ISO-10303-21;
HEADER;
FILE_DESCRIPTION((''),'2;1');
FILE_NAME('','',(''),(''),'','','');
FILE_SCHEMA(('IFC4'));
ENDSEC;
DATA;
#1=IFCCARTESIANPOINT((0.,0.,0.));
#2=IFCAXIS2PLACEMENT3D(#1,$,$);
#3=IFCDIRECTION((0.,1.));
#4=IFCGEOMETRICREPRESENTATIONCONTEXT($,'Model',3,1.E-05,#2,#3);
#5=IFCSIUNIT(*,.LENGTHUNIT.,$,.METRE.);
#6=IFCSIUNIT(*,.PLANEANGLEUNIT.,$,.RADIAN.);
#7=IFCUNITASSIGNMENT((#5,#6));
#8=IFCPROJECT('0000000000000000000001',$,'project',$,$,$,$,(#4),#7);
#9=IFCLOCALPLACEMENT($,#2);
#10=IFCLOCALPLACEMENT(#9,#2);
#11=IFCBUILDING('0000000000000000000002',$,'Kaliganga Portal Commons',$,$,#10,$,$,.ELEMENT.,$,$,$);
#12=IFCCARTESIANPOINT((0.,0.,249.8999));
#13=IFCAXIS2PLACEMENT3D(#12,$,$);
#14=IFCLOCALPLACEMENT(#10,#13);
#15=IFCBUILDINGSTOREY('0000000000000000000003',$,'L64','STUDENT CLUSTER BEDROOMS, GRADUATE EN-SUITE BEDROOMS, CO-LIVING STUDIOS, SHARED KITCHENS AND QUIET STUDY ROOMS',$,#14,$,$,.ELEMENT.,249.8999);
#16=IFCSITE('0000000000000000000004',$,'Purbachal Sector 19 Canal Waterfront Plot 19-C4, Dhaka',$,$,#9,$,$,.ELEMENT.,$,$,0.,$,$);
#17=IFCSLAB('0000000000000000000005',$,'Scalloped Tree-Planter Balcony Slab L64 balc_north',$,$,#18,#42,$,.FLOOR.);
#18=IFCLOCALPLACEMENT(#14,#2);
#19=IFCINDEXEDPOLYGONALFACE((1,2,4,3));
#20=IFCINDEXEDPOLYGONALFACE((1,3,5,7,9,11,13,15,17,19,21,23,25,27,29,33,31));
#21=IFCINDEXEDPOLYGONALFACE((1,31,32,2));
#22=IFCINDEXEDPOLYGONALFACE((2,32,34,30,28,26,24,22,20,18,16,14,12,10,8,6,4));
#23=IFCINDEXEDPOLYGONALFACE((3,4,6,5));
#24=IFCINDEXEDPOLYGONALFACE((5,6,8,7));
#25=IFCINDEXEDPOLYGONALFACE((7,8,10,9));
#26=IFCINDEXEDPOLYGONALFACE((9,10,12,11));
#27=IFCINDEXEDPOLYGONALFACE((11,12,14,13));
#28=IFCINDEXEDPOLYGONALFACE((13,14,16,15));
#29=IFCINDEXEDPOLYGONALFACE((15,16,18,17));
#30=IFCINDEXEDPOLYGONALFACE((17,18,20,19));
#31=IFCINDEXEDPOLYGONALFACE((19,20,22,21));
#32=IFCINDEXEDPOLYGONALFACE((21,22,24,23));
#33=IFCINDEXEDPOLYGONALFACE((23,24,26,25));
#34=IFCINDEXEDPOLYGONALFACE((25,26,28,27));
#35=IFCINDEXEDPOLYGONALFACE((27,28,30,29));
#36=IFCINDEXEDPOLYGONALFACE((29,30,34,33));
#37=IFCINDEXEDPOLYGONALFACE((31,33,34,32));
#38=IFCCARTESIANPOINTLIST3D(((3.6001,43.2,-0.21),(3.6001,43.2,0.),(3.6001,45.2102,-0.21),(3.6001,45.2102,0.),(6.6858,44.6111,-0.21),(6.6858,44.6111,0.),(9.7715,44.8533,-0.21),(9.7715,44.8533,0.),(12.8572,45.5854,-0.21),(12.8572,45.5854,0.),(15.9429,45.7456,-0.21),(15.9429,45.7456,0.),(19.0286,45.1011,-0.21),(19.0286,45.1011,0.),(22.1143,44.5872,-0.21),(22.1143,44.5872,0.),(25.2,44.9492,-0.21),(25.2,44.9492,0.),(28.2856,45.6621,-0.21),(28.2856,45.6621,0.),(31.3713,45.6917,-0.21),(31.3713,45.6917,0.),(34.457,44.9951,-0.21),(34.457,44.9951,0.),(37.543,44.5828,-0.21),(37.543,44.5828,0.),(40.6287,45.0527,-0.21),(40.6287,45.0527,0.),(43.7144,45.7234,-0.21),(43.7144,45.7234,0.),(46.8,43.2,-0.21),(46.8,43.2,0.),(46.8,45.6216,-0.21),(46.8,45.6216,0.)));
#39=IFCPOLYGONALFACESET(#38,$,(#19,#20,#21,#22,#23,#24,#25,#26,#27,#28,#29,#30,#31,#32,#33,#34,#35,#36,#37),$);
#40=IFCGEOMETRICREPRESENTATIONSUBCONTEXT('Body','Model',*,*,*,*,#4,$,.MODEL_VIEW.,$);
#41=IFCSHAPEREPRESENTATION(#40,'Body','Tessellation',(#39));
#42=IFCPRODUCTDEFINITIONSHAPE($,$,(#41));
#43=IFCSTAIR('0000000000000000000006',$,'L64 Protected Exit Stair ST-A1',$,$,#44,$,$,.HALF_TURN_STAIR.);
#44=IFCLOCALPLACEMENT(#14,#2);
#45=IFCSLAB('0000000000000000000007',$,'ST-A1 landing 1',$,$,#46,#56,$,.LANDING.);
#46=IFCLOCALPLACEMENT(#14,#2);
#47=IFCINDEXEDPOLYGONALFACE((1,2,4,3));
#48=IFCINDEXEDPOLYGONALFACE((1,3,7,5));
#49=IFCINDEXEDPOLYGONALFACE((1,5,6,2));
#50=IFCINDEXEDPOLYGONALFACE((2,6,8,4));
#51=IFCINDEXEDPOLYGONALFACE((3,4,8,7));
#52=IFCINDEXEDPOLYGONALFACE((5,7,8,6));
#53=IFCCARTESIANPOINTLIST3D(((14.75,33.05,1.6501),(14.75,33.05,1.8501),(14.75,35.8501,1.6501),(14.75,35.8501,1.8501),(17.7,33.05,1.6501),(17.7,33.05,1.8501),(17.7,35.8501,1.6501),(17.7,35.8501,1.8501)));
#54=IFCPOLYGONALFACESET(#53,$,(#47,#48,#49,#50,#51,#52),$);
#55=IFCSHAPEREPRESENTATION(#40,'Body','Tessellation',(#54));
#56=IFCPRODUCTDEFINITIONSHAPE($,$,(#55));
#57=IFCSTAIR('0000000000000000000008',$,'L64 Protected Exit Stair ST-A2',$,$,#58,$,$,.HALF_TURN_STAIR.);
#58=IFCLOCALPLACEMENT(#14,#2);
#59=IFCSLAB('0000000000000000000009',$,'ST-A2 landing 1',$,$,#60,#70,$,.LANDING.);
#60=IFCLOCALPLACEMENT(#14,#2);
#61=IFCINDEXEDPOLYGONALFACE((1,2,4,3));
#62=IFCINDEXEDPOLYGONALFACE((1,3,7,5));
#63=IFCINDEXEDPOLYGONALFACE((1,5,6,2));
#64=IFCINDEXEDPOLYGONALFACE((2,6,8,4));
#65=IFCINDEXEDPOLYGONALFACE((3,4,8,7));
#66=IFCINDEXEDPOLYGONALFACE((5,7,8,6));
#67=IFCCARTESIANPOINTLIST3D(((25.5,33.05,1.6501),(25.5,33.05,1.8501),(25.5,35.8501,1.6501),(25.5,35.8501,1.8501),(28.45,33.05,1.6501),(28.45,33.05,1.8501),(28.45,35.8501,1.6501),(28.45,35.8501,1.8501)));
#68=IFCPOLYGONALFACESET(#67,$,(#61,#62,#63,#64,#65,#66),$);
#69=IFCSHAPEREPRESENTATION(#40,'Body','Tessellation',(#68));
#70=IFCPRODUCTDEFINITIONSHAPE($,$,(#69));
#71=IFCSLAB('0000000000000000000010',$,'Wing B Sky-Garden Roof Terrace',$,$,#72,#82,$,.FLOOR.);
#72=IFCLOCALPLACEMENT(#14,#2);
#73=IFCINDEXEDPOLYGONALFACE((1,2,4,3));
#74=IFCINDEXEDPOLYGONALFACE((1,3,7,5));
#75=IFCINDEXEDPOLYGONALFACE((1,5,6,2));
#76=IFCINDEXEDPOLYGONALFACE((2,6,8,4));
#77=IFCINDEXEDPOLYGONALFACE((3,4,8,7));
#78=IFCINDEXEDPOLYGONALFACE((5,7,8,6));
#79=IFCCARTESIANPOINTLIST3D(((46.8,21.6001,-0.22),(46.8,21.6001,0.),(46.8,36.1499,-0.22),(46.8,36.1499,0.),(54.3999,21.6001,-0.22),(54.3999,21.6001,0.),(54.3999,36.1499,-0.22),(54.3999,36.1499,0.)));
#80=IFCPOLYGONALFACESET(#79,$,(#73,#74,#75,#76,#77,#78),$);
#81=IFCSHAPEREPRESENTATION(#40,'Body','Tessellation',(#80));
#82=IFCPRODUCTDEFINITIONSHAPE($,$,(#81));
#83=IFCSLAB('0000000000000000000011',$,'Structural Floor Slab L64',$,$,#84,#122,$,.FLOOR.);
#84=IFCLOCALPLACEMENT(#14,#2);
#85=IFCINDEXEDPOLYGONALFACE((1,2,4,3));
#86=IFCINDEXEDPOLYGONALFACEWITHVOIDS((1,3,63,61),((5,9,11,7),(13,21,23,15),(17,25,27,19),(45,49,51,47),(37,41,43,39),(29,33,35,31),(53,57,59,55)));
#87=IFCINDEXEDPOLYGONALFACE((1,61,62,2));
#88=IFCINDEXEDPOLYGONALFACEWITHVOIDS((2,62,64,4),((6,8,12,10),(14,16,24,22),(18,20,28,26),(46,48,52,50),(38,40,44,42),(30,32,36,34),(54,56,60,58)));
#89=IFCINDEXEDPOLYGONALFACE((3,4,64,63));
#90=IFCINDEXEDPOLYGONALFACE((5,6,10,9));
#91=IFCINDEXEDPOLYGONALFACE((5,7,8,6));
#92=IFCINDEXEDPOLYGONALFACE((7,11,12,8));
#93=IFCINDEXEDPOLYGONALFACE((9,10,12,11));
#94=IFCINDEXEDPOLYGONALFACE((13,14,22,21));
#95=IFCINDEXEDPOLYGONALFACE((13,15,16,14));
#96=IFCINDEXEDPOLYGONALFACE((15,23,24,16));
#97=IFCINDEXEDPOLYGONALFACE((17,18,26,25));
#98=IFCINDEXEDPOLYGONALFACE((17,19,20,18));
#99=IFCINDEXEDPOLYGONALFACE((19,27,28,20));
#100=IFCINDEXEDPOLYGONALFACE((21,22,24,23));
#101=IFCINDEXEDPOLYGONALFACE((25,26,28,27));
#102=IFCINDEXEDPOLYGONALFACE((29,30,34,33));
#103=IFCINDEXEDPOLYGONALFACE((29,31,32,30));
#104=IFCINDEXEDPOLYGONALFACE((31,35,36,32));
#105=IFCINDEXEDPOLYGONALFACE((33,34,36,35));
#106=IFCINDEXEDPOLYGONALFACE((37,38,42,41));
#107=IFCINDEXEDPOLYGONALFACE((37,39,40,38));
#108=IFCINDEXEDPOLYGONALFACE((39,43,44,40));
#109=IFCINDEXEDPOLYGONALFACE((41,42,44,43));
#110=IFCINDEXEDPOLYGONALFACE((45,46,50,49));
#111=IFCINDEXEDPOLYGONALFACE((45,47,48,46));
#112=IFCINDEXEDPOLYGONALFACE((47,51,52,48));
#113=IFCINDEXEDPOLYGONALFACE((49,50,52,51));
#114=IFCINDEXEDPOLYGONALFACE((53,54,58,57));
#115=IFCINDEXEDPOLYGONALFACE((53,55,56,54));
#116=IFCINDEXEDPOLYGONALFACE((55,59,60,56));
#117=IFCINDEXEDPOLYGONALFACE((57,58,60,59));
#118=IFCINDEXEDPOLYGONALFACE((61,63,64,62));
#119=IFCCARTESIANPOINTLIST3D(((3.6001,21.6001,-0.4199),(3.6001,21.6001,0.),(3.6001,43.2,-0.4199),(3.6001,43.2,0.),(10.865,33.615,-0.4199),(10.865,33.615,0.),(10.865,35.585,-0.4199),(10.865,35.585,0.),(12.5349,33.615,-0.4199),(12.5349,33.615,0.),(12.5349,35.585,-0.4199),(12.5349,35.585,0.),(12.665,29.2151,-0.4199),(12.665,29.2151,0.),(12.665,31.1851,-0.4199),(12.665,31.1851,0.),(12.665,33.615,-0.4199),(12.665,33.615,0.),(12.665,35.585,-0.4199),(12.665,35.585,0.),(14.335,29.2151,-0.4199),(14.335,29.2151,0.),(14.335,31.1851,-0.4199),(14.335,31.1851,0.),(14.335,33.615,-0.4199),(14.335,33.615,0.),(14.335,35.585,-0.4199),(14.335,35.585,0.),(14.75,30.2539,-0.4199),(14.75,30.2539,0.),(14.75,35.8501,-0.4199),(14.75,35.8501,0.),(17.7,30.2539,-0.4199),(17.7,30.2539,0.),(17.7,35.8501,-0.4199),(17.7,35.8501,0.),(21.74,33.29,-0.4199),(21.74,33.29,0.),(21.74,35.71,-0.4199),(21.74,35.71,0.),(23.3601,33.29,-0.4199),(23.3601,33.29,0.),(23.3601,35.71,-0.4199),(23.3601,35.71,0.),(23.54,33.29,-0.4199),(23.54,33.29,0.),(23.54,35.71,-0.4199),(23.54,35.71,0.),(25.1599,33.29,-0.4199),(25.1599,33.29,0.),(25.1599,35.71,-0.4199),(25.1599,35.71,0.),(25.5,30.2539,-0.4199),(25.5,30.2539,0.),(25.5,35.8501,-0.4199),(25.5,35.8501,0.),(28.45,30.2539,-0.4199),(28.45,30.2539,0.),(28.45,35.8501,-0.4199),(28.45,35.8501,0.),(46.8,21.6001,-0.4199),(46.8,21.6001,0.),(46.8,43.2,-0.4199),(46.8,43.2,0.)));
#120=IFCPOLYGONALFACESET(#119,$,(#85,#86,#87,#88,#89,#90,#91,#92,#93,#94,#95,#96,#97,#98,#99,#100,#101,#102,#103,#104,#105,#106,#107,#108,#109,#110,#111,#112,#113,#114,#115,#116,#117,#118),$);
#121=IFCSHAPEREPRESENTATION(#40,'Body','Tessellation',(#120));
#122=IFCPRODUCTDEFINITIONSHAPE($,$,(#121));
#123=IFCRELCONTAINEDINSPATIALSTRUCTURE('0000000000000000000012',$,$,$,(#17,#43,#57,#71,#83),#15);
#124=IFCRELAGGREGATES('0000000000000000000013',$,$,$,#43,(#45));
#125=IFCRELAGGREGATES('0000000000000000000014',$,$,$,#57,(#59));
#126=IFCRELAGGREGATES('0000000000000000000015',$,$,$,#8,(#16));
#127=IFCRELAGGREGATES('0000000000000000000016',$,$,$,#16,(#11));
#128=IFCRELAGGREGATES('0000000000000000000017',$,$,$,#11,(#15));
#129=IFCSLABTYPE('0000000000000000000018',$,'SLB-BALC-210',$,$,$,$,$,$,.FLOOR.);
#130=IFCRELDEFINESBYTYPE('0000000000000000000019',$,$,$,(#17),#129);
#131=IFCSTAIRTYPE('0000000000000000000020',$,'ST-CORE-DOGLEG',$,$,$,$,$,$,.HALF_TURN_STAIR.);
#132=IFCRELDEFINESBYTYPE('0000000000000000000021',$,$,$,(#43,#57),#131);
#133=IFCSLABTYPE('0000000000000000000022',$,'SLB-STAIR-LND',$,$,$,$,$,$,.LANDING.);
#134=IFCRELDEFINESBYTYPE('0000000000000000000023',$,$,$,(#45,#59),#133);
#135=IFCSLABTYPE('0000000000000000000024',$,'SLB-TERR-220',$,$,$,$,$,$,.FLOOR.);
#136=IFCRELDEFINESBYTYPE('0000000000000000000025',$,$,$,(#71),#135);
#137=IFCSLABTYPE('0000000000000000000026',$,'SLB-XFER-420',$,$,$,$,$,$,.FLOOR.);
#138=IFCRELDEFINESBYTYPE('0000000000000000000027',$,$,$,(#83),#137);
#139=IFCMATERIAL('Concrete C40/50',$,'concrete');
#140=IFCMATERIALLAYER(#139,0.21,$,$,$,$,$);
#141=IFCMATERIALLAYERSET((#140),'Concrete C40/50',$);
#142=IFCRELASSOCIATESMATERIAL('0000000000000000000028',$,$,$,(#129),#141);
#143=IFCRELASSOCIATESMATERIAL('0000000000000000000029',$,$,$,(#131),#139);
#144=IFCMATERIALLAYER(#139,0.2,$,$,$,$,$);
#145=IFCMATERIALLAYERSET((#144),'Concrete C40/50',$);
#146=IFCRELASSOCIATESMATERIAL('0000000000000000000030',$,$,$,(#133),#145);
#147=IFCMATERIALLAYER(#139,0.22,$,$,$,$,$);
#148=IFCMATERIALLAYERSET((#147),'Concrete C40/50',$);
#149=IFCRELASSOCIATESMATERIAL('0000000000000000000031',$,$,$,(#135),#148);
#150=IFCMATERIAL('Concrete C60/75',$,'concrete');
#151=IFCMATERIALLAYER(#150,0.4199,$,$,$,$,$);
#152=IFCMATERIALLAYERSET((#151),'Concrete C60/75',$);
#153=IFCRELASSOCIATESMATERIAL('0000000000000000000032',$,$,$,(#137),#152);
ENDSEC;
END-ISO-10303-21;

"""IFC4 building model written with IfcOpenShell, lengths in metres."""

from ifc_helpers import new_model, si_unit, direction, frame, origin, place, context, subcontext, project, spatial, polyline, outline, extrude, material, layer, layer_set, type_object, element, aggregate, save


model = new_model("IFC4")

# Units and contexts
model_context = context("Model", 3, precision=1e-05, world=origin(), true_north=direction((0.0, 1.0)))
body_context = subcontext(model_context, "Body", "Model", "MODEL_VIEW")
ifc_project = project(units=[si_unit("LENGTHUNIT", "METRE"), si_unit("PLANEANGLEUNIT", "RADIAN")], contexts=[model_context])

# Site, building, storey
site_placement = place(None, origin())
site = spatial("IfcSite", under=ifc_project, at=site_placement, Name="Purbachal Sector 19 Canal Waterfront Plot 19-C4, Dhaka", CompositionType="ELEMENT", RefElevation=0.0)
building_placement = place(site_placement, origin())
building = spatial("IfcBuilding", under=site, at=building_placement, Name="Kaliganga Portal Commons", CompositionType="ELEMENT")
storey_placement = place(building_placement, frame((0.0, 0.0, 249.8999)))
storey = spatial("IfcBuildingStorey", under=building, at=storey_placement, Name="L64", Description="STUDENT CLUSTER BEDROOMS, GRADUATE EN-SUITE BEDROOMS, CO-LIVING STUDIOS, SHARED KITCHENS AND QUIET STUDY ROOMS", CompositionType="ELEMENT", Elevation=249.8999)

# Slab
ifc_material_1 = material(Name="Concrete C40/50", Category="concrete")
ifc_layer_1 = layer(ifc_material_1, 0.21)
ifc_layer_set_1 = layer_set([ifc_layer_1], Name="Concrete C40/50")
slab_type_1 = type_object("IfcSlabType", Name="SLB-BALC-210", PredefinedType="FLOOR", material=ifc_layer_set_1)
slab_1_placement = place(storey_placement, frame((0.0, 0.0, -0.21)))
element("IfcSlab", 1, at=slab_1_placement, inside=storey, type_object=slab_type_1, Name="Scalloped Tree-Planter Balcony Slab L64 balc_north", PredefinedType="FLOOR", context=body_context, shape_type="SweptSolid", body=[
    extrude(outline(polyline([(46.8, 43.2), (46.8, 45.6216), (43.7144, 45.7234), (40.6287, 45.0527), (37.543, 44.5828), (34.457, 44.9951), (31.3713, 45.6917), (28.2856, 45.6621), (25.2, 44.9492), (22.1143, 44.5872), (19.0286, 45.1011), (15.9429, 45.7456), (12.8572, 45.5854), (9.7715, 44.8533), (6.6858, 44.6111), (3.6001, 45.2102), (3.6001, 43.2), (46.8, 43.2)])), origin(), (0.0, 0.0, 1.0), 0.21),
])

# Stairs, slabs
stair_type = type_object("IfcStairType", Name="ST-CORE-DOGLEG", PredefinedType="HALF_TURN_STAIR", material=ifc_material_1)
stair_1_placement = place(storey_placement, origin())
stair_1 = element("IfcStair", 2, at=stair_1_placement, inside=storey, type_object=stair_type, Name="L64 Protected Exit Stair ST-A1", PredefinedType="HALF_TURN_STAIR")
ifc_layer_2 = layer(ifc_material_1, 0.2)
ifc_layer_set_2 = layer_set([ifc_layer_2], Name="Concrete C40/50")
slab_type_2 = type_object("IfcSlabType", Name="SLB-STAIR-LND", PredefinedType="LANDING", material=ifc_layer_set_2)
slab_2_placement = place(storey_placement, frame((0.0, 0.0, 1.6501)))
slab_2 = element("IfcSlab", 3, at=slab_2_placement, type_object=slab_type_2, Name="ST-A1 landing 1", PredefinedType="LANDING", context=body_context, shape_type="SweptSolid", body=[
    extrude(outline(polyline([(17.7, 33.05), (17.7, 35.8501), (14.75, 35.8501), (14.75, 33.05), (17.7, 33.05)])), origin(), (0.0, 0.0, 1.0), 0.2),
])
aggregate(stair_1, [slab_2])
stair_2_placement = place(storey_placement, origin())
stair_2 = element("IfcStair", 4, at=stair_2_placement, inside=storey, type_object=stair_type, Name="L64 Protected Exit Stair ST-A2", PredefinedType="HALF_TURN_STAIR")
slab_3_placement = place(storey_placement, frame((0.0, 0.0, 1.6501)))
slab_3 = element("IfcSlab", 5, at=slab_3_placement, type_object=slab_type_2, Name="ST-A2 landing 1", PredefinedType="LANDING", context=body_context, shape_type="SweptSolid", body=[
    extrude(outline(polyline([(28.45, 33.05), (28.45, 35.8501), (25.5, 35.8501), (25.5, 33.05), (28.45, 33.05)])), origin(), (0.0, 0.0, 1.0), 0.2),
])
aggregate(stair_2, [slab_3])

# Slabs
ifc_layer_3 = layer(ifc_material_1, 0.22)
ifc_layer_set_3 = layer_set([ifc_layer_3], Name="Concrete C40/50")
slab_type_3 = type_object("IfcSlabType", Name="SLB-TERR-220", PredefinedType="FLOOR", material=ifc_layer_set_3)
slab_4_placement = place(storey_placement, frame((0.0, 0.0, -0.22)))
element("IfcSlab", 6, at=slab_4_placement, inside=storey, type_object=slab_type_3, Name="Wing B Sky-Garden Roof Terrace", PredefinedType="FLOOR", context=body_context, shape_type="SweptSolid", body=[
    extrude(outline(polyline([(46.8, 21.6001), (54.3999, 21.6001), (54.3999, 36.1499), (46.8, 36.1499), (46.8, 21.6001)])), origin(), (0.0, 0.0, 1.0), 0.22),
])
ifc_material_2 = material(Name="Concrete C60/75", Category="concrete")
ifc_layer_4 = layer(ifc_material_2, 0.4199)
ifc_layer_set_4 = layer_set([ifc_layer_4], Name="Concrete C60/75")
slab_type_4 = type_object("IfcSlabType", Name="SLB-XFER-420", PredefinedType="FLOOR", material=ifc_layer_set_4)
slab_5_placement = place(storey_placement, frame((0.0, 0.0, -0.4199)))
element("IfcSlab", 7, at=slab_5_placement, inside=storey, type_object=slab_type_4, Name="Structural Floor Slab L64", PredefinedType="FLOOR", context=body_context, shape_type="SweptSolid", body=[
    extrude(outline(polyline([(3.6001, 21.6001), (46.8, 21.6001), (46.8, 43.2), (3.6001, 43.2), (3.6001, 21.6001)]), holes=[polyline([(14.75, 30.2539), (14.75, 35.8501), (17.7, 35.8501), (17.7, 30.2539), (14.75, 30.2539)]), polyline([(25.5, 30.2539), (25.5, 35.8501), (28.45, 35.8501), (28.45, 30.2539), (25.5, 30.2539)]), polyline([(12.665, 33.615), (12.665, 35.585), (14.335, 35.585), (14.335, 33.615), (12.665, 33.615)]), polyline([(12.665, 29.2151), (12.665, 31.1851), (14.335, 31.1851), (14.335, 29.2151), (12.665, 29.2151)]), polyline([(10.865, 33.615), (10.865, 35.585), (12.5349, 35.585), (12.5349, 33.615), (10.865, 33.615)]), polyline([(21.74, 33.29), (21.74, 35.71), (23.3601, 35.71), (23.3601, 33.29), (21.74, 33.29)]), polyline([(23.54, 33.29), (23.54, 35.71), (25.1599, 35.71), (25.1599, 33.29), (23.54, 33.29)])]), origin(), (0.0, 0.0, 1.0), 0.4199),
])

save(model, "model.ifc")
